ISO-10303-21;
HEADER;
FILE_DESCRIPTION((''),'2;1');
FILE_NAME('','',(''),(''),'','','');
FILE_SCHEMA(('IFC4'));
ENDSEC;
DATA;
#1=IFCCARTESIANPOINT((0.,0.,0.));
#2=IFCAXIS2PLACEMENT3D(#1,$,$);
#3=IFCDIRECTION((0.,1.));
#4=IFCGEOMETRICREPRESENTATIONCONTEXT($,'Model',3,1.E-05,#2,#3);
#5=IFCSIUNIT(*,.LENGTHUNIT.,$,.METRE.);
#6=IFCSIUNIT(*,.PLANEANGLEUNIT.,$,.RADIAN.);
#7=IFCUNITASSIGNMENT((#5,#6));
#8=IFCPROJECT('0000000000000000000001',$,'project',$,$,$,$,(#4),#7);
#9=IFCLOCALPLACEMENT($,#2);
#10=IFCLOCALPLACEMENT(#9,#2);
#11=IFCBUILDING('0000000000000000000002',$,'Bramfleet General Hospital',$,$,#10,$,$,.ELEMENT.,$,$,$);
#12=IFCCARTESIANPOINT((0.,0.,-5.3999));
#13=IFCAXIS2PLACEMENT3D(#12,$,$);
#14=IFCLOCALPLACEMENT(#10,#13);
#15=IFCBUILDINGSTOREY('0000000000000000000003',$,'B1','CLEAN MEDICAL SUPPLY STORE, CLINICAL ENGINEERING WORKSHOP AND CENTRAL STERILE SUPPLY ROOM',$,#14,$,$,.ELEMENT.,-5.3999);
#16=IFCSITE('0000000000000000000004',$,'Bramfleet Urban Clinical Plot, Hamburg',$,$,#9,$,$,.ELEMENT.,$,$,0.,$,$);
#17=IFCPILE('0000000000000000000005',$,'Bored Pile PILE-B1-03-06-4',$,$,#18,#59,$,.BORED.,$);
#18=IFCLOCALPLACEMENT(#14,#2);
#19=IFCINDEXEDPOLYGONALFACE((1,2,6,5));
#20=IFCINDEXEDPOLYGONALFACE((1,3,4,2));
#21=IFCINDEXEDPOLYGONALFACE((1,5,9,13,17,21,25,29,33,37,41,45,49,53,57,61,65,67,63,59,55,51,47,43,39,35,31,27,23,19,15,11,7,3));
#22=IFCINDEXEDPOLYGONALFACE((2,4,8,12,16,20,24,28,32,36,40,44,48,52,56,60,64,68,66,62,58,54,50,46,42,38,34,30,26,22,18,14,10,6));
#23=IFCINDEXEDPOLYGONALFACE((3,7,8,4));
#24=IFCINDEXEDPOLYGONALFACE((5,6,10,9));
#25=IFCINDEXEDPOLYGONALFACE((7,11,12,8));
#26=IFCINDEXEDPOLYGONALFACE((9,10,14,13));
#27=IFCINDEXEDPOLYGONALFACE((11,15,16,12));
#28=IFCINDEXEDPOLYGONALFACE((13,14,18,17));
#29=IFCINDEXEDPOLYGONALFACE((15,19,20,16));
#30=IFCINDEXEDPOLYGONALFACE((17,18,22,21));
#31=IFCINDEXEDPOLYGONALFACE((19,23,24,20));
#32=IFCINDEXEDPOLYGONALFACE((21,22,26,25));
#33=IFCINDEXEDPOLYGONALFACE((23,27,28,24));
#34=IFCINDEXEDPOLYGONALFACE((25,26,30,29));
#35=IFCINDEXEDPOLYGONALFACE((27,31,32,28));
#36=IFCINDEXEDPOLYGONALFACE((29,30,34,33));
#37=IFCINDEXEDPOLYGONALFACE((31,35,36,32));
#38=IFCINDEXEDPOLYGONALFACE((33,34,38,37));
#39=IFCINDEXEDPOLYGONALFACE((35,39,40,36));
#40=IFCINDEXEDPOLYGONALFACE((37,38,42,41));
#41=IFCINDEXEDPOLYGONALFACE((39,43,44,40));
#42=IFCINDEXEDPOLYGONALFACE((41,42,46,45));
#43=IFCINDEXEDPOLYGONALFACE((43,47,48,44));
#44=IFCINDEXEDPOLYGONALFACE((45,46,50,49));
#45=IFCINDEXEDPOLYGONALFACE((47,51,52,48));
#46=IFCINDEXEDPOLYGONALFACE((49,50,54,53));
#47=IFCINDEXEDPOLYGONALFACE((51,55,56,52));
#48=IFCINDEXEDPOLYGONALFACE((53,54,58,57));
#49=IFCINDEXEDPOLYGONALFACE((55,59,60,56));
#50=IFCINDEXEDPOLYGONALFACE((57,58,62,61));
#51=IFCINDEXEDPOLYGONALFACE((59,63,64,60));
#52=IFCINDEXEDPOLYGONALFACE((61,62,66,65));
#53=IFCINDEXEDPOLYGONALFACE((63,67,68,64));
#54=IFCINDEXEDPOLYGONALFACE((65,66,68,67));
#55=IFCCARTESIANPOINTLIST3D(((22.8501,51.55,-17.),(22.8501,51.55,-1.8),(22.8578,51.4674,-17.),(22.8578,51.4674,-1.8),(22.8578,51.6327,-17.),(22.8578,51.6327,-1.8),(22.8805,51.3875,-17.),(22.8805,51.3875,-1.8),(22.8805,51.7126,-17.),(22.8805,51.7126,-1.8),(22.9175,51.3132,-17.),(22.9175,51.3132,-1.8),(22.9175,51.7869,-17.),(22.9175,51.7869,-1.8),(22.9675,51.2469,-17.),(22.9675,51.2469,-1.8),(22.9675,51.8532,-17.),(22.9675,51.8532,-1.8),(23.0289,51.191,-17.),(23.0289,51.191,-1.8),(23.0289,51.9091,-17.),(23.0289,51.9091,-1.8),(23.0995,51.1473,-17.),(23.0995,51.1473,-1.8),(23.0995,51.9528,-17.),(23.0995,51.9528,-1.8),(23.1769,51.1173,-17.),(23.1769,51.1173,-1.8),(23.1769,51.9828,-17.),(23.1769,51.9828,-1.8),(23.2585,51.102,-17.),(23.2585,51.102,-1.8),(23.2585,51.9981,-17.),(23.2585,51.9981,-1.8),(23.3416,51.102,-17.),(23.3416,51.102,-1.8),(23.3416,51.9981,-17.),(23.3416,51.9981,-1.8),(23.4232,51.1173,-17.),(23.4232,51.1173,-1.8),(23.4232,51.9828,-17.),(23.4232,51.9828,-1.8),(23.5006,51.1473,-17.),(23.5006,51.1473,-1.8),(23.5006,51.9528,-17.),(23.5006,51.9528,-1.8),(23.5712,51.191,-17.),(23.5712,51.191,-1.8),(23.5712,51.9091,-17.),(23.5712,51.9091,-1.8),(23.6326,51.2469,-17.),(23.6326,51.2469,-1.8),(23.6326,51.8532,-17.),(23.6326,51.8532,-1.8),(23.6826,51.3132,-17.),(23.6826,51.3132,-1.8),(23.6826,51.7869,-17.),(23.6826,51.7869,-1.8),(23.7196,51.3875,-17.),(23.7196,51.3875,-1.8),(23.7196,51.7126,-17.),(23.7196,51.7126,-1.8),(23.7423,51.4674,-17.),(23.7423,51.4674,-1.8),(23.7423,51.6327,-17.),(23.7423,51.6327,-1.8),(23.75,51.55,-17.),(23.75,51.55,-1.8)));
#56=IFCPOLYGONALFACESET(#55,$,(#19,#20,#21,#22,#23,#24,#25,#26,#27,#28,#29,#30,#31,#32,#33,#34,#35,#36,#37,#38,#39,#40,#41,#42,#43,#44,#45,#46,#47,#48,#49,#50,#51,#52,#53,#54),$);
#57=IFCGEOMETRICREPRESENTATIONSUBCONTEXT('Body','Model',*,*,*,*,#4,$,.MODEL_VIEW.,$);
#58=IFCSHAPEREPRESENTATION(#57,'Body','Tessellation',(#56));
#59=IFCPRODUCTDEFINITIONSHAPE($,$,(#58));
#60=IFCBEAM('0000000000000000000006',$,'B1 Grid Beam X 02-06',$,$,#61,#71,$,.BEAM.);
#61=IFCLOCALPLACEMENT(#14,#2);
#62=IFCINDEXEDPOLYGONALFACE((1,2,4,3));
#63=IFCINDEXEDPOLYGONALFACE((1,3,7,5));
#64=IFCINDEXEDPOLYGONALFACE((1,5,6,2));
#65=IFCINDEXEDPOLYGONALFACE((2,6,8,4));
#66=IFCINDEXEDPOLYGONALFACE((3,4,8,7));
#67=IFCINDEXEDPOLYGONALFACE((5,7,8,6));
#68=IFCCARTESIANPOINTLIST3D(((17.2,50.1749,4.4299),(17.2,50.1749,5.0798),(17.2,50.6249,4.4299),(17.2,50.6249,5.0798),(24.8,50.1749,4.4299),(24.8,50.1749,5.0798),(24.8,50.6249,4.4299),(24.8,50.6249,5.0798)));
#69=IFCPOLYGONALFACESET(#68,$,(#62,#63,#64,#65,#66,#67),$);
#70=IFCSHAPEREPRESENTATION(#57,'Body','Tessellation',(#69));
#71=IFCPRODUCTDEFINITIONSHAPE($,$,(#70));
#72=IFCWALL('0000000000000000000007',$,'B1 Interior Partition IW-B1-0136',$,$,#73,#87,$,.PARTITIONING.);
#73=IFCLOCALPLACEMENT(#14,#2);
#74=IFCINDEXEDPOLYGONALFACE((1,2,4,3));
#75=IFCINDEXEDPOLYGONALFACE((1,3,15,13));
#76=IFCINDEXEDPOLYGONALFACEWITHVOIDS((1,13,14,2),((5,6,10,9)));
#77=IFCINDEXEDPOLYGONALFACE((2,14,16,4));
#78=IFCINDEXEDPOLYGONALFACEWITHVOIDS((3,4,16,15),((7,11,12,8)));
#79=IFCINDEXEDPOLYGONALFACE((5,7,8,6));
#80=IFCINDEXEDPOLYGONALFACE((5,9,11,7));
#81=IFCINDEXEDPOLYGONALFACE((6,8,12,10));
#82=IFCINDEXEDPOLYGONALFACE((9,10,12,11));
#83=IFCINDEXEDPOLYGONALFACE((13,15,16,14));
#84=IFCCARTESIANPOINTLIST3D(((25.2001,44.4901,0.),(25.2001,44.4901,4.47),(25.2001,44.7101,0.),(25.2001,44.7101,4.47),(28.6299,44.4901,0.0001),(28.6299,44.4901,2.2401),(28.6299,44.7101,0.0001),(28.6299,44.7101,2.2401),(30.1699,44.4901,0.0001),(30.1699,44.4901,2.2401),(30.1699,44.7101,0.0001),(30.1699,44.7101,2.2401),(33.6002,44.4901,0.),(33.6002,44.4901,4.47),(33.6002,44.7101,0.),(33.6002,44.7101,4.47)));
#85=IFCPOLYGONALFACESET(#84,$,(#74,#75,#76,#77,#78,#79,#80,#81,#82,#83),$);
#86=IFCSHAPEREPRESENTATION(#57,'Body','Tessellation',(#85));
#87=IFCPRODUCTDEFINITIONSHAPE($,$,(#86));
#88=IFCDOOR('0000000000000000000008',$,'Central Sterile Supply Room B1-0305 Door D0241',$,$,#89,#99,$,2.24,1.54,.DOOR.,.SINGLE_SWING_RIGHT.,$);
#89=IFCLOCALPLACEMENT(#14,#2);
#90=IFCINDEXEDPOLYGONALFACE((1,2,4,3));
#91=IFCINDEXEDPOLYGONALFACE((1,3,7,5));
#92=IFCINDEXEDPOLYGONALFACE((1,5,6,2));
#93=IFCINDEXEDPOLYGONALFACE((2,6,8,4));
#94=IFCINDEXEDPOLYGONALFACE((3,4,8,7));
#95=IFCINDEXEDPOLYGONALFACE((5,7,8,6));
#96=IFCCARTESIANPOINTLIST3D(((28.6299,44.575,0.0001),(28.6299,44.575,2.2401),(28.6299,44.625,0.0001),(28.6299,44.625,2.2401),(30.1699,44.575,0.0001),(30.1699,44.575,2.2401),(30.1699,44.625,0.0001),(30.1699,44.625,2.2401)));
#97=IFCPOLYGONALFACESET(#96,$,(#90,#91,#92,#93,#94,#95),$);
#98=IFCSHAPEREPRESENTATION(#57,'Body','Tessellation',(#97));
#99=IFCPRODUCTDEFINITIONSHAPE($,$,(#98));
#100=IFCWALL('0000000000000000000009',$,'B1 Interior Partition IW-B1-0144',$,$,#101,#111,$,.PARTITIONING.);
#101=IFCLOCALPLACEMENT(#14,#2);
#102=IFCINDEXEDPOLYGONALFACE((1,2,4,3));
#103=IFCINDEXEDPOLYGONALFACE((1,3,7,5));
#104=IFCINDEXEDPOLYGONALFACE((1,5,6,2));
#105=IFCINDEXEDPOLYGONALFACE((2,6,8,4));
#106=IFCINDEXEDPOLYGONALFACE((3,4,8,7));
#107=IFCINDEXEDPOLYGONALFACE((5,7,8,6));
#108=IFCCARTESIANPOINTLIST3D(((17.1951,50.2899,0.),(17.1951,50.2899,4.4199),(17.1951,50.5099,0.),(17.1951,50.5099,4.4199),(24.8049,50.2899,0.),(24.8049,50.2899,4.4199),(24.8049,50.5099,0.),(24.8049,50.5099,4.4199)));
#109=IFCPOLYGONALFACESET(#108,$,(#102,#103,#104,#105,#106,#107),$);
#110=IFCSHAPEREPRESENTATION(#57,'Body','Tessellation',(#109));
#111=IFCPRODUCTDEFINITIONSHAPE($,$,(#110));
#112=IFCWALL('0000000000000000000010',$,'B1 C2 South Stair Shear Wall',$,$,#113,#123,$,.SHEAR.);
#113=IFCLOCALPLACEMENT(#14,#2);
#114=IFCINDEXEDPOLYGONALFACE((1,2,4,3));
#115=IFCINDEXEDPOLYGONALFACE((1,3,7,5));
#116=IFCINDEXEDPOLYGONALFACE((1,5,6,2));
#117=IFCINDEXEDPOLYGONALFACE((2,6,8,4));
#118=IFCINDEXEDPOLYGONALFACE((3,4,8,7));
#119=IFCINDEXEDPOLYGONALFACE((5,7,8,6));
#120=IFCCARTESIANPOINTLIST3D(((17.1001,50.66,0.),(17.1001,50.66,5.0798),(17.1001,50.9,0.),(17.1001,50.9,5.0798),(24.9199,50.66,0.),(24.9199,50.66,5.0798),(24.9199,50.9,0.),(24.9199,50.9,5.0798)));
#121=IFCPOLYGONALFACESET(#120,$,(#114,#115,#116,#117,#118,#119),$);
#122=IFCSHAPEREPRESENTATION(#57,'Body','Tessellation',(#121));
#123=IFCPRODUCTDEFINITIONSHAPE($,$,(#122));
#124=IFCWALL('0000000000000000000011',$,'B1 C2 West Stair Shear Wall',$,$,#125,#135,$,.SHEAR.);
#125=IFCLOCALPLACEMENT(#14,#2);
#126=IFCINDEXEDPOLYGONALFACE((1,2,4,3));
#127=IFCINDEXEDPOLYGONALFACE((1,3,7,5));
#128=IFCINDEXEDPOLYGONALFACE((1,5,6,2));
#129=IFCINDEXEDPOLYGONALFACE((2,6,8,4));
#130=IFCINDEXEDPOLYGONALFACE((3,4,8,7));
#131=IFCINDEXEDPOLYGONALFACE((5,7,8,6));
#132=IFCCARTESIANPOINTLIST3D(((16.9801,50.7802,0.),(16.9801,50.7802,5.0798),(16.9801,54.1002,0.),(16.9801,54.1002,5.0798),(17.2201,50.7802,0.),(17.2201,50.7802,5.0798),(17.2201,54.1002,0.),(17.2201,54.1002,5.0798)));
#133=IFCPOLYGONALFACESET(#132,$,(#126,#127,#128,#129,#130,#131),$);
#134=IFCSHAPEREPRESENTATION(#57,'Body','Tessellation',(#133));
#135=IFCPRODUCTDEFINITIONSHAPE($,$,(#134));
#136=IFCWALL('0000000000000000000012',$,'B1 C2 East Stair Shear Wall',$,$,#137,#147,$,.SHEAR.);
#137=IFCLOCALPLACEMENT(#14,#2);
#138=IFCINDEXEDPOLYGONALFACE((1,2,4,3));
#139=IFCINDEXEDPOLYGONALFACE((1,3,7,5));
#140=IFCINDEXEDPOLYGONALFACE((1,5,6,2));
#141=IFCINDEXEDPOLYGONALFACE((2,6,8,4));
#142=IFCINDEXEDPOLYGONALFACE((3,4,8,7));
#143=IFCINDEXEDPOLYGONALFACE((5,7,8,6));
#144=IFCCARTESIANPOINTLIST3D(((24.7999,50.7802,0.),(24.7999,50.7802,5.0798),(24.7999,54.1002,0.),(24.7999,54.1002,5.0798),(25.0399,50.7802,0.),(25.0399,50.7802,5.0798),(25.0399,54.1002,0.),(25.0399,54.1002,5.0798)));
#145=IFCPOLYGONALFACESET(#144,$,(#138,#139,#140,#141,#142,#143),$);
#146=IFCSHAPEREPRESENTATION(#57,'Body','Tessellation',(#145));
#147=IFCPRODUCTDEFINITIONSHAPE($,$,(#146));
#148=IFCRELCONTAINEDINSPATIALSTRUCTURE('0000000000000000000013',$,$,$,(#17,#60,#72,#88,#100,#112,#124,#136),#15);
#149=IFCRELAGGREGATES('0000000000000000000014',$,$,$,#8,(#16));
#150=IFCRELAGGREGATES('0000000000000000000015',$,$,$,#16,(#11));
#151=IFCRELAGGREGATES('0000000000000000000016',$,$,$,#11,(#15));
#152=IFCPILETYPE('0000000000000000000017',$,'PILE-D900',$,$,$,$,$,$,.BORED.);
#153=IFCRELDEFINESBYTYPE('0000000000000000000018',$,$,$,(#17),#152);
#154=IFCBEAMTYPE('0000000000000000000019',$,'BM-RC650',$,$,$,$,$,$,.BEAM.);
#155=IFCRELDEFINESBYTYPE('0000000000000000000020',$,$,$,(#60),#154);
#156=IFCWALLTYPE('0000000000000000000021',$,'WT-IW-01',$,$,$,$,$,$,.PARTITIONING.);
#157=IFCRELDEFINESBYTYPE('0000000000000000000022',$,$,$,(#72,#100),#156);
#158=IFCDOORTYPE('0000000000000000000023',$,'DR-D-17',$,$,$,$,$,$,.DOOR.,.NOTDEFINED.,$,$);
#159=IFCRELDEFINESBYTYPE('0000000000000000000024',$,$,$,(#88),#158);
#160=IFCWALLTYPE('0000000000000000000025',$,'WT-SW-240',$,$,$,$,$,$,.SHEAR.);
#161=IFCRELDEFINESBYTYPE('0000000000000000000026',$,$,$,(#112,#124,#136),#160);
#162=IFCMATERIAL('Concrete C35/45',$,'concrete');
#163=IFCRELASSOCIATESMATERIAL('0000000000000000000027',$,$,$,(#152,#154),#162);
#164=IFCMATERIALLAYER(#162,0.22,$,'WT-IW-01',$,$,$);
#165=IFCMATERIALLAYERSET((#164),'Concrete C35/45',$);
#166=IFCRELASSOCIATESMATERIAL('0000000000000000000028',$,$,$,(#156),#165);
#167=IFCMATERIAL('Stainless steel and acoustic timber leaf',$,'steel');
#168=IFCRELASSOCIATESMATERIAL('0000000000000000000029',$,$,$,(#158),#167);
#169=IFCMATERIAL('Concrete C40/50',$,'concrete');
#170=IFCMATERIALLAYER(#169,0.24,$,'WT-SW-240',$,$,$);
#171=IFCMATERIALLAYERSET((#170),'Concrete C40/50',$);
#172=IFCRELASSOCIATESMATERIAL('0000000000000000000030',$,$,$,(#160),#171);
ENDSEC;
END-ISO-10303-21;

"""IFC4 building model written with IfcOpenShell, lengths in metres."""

from ifc_helpers import new_model, si_unit, direction, frame, frame_2d, origin, origin_2d, place, context, subcontext, project, spatial, rectangle, circle, extrude, material, layer, layer_set, material_profile, profile_set, type_object, element, fill, save


model = new_model("IFC4")

# Units and contexts
model_context = context("Model", 3, precision=1e-05, world=origin(), true_north=direction((0.0, 1.0)))
body_context = subcontext(model_context, "Body", "Model", "MODEL_VIEW")
ifc_project = project(units=[si_unit("LENGTHUNIT", "METRE"), si_unit("PLANEANGLEUNIT", "RADIAN")], contexts=[model_context])

# Site, building, storey
site_placement = place(None, origin())
site = spatial("IfcSite", under=ifc_project, at=site_placement, Name="Bramfleet Urban Clinical Plot, Hamburg", CompositionType="ELEMENT", RefElevation=0.0)
building_placement = place(site_placement, origin())
building = spatial("IfcBuilding", under=site, at=building_placement, Name="Bramfleet General Hospital", CompositionType="ELEMENT")
storey_placement = place(building_placement, frame((0.0, 0.0, -5.3999)))
storey = spatial("IfcBuildingStorey", under=building, at=storey_placement, Name="B1", Description="CLEAN MEDICAL SUPPLY STORE, CLINICAL ENGINEERING WORKSHOP AND CENTRAL STERILE SUPPLY ROOM", CompositionType="ELEMENT", Elevation=-5.3999)

# Shared definitions
ifc_material_1 = material(Name="Concrete C35/45", Category="concrete")

# Pile
ifc_material_profile_1 = material_profile(ifc_material_1, circle(Radius=0.45, at=origin_2d()), Name="PILE BORED D900")
ifc_profile_set_1 = profile_set([ifc_material_profile_1], Name="Concrete C35/45")
pile_type_1 = type_object("IfcPileType", Name="PILE-D900", PredefinedType="BORED", material=ifc_profile_set_1)
for number, where, z_axis, x_axis, name in (
    (1, (23.3, 51.55, -1.8), (0.0, 0.0, -1.0), (1.0, 0.0, 0.0), "Bored Pile PILE-B1-03-06-4"),
):
    element("IfcPile", number, at=place(storey_placement, frame(where, z_axis=z_axis, x_axis=x_axis)), inside=storey, type_object=pile_type_1, Name=name, PredefinedType="BORED", context=body_context, shape_type="SweptSolid", body=[
        extrude(circle(Radius=0.45, at=origin_2d()), origin(), (0.0, 0.0, 1.0), 15.2),
    ])

# Beam
ifc_material_profile_2 = material_profile(ifc_material_1, rectangle(XDim=0.45, YDim=0.6499, at=origin_2d()), Name="RC BM 650x450")
ifc_profile_set_2 = profile_set([ifc_material_profile_2], Name="Concrete C35/45")
beam_type = type_object("IfcBeamType", Name="BM-RC650", PredefinedType="BEAM", material=ifc_profile_set_2)
beam_placement = place(storey_placement, frame((17.2, 50.3999, 4.7549), z_axis=(1.0, 0.0, 0.0), x_axis=(0.0, 1.0, 0.0)))
element("IfcBeam", 2, at=beam_placement, inside=storey, type_object=beam_type, Name="B1 Grid Beam X 02-06", PredefinedType="BEAM", context=body_context, shape_type="SweptSolid", body=[
    extrude(rectangle(XDim=0.45, YDim=0.6499, at=origin_2d()), origin(), (0.0, 0.0, 1.0), 7.6001),
])

# Wall, opening, door
ifc_layer_1 = layer(ifc_material_1, 0.22, Name="WT-IW-01")
ifc_layer_set_1 = layer_set([ifc_layer_1], Name="Concrete C35/45")
wall_type_1 = type_object("IfcWallType", Name="WT-IW-01", PredefinedType="PARTITIONING", material=ifc_layer_set_1)
wall_1_placement = place(storey_placement, frame((25.2, 44.6001, 0.0), z_axis=(0.0, 0.0, 1.0), x_axis=(1.0, 0.0, 0.0)))
wall_1 = element("IfcWall", 3, at=wall_1_placement, inside=storey, type_object=wall_type_1, Name="B1 Interior Partition IW-B1-0136", PredefinedType="PARTITIONING", context=body_context, shape_type="SweptSolid", body=[
    extrude(rectangle(XDim=8.4001, YDim=0.22, at=frame_2d((4.2002, 0.0))), origin(), (0.0, 0.0, 1.0), 4.47),
])
opening_placement = place(wall_1_placement, frame((3.4299, 0.0, 0.0)))
opening = element("IfcOpeningElement", 4, at=opening_placement, cuts=wall_1, PredefinedType="OPENING", context=body_context, shape_type="SweptSolid", body=[
    extrude(rectangle(XDim=1.54, YDim=2.24, at=frame_2d((0.77, 1.1201))), frame((0.0, 0.1199, 0.0), z_axis=(0.0, -1.0, 0.0), x_axis=(1.0, 0.0, 0.0)), (0.0, 0.0, 1.0), 0.24),
])
ifc_material_2 = material(Name="Stainless steel and acoustic timber leaf", Category="steel")
door_type = type_object("IfcDoorType", Name="DR-D-17", OperationType="NOTDEFINED", PredefinedType="DOOR", material=ifc_material_2)
door_placement = place(opening_placement, origin())
door = element("IfcDoor", 5, at=door_placement, inside=storey, type_object=door_type, Name="Central Sterile Supply Room B1-0305 Door D0241", OperationType="SINGLE_SWING_RIGHT", OverallHeight=2.24, OverallWidth=1.54, PredefinedType="DOOR", context=body_context, shape_type="SweptSolid", body=[
    extrude(rectangle(XDim=1.54, YDim=2.24, at=frame_2d((0.77, 1.1201))), frame((0.0, 0.0249, 0.0), z_axis=(0.0, -1.0, 0.0), x_axis=(1.0, 0.0, 0.0)), (0.0, 0.0, 1.0), 0.05),
])
fill(opening, door)

# Walls
wall_2_placement = place(storey_placement, frame((17.1951, 50.3999, 0.0), z_axis=(0.0, 0.0, 1.0), x_axis=(1.0, 0.0, 0.0)))
element("IfcWall", 6, at=wall_2_placement, inside=storey, type_object=wall_type_1, Name="B1 Interior Partition IW-B1-0144", PredefinedType="PARTITIONING", context=body_context, shape_type="SweptSolid", body=[
    extrude(rectangle(XDim=7.6099, YDim=0.22, at=frame_2d((3.8049, 0.0))), origin(), (0.0, 0.0, 1.0), 4.4199),
])
ifc_material_3 = material(Name="Concrete C40/50", Category="concrete")
ifc_layer_2 = layer(ifc_material_3, 0.24, Name="WT-SW-240")
ifc_layer_set_2 = layer_set([ifc_layer_2], Name="Concrete C40/50")
wall_type_2 = type_object("IfcWallType", Name="WT-SW-240", PredefinedType="SHEAR", material=ifc_layer_set_2)
wall_3_placement = place(storey_placement, frame((17.1001, 50.78, 0.0), z_axis=(0.0, 0.0, 1.0), x_axis=(1.0, 0.0, 0.0)))
element("IfcWall", 7, at=wall_3_placement, inside=storey, type_object=wall_type_2, Name="B1 C2 South Stair Shear Wall", PredefinedType="SHEAR", context=body_context, shape_type="SweptSolid", body=[
    extrude(rectangle(XDim=7.8198, YDim=0.24, at=frame_2d((3.9099, 0.0))), origin(), (0.0, 0.0, 1.0), 5.0798),
])
for number, where, z_axis, x_axis, name in (
    (8, (17.1001, 50.78, 0.0), (0.0, 0.0, 1.0), (0.0, 1.0, 0.0), "B1 C2 West Stair Shear Wall"),
    (9, (24.9199, 50.78, 0.0), (0.0, 0.0, 1.0), (0.0, 1.0, 0.0), "B1 C2 East Stair Shear Wall"),
):
    element("IfcWall", number, at=place(storey_placement, frame(where, z_axis=z_axis, x_axis=x_axis)), inside=storey, type_object=wall_type_2, Name=name, PredefinedType="SHEAR", context=body_context, shape_type="SweptSolid", body=[
        extrude(rectangle(XDim=3.3201, YDim=0.24, at=frame_2d((1.6602, 0.0))), origin(), (0.0, 0.0, 1.0), 5.0798),
    ])

save(model, "model.ifc")
